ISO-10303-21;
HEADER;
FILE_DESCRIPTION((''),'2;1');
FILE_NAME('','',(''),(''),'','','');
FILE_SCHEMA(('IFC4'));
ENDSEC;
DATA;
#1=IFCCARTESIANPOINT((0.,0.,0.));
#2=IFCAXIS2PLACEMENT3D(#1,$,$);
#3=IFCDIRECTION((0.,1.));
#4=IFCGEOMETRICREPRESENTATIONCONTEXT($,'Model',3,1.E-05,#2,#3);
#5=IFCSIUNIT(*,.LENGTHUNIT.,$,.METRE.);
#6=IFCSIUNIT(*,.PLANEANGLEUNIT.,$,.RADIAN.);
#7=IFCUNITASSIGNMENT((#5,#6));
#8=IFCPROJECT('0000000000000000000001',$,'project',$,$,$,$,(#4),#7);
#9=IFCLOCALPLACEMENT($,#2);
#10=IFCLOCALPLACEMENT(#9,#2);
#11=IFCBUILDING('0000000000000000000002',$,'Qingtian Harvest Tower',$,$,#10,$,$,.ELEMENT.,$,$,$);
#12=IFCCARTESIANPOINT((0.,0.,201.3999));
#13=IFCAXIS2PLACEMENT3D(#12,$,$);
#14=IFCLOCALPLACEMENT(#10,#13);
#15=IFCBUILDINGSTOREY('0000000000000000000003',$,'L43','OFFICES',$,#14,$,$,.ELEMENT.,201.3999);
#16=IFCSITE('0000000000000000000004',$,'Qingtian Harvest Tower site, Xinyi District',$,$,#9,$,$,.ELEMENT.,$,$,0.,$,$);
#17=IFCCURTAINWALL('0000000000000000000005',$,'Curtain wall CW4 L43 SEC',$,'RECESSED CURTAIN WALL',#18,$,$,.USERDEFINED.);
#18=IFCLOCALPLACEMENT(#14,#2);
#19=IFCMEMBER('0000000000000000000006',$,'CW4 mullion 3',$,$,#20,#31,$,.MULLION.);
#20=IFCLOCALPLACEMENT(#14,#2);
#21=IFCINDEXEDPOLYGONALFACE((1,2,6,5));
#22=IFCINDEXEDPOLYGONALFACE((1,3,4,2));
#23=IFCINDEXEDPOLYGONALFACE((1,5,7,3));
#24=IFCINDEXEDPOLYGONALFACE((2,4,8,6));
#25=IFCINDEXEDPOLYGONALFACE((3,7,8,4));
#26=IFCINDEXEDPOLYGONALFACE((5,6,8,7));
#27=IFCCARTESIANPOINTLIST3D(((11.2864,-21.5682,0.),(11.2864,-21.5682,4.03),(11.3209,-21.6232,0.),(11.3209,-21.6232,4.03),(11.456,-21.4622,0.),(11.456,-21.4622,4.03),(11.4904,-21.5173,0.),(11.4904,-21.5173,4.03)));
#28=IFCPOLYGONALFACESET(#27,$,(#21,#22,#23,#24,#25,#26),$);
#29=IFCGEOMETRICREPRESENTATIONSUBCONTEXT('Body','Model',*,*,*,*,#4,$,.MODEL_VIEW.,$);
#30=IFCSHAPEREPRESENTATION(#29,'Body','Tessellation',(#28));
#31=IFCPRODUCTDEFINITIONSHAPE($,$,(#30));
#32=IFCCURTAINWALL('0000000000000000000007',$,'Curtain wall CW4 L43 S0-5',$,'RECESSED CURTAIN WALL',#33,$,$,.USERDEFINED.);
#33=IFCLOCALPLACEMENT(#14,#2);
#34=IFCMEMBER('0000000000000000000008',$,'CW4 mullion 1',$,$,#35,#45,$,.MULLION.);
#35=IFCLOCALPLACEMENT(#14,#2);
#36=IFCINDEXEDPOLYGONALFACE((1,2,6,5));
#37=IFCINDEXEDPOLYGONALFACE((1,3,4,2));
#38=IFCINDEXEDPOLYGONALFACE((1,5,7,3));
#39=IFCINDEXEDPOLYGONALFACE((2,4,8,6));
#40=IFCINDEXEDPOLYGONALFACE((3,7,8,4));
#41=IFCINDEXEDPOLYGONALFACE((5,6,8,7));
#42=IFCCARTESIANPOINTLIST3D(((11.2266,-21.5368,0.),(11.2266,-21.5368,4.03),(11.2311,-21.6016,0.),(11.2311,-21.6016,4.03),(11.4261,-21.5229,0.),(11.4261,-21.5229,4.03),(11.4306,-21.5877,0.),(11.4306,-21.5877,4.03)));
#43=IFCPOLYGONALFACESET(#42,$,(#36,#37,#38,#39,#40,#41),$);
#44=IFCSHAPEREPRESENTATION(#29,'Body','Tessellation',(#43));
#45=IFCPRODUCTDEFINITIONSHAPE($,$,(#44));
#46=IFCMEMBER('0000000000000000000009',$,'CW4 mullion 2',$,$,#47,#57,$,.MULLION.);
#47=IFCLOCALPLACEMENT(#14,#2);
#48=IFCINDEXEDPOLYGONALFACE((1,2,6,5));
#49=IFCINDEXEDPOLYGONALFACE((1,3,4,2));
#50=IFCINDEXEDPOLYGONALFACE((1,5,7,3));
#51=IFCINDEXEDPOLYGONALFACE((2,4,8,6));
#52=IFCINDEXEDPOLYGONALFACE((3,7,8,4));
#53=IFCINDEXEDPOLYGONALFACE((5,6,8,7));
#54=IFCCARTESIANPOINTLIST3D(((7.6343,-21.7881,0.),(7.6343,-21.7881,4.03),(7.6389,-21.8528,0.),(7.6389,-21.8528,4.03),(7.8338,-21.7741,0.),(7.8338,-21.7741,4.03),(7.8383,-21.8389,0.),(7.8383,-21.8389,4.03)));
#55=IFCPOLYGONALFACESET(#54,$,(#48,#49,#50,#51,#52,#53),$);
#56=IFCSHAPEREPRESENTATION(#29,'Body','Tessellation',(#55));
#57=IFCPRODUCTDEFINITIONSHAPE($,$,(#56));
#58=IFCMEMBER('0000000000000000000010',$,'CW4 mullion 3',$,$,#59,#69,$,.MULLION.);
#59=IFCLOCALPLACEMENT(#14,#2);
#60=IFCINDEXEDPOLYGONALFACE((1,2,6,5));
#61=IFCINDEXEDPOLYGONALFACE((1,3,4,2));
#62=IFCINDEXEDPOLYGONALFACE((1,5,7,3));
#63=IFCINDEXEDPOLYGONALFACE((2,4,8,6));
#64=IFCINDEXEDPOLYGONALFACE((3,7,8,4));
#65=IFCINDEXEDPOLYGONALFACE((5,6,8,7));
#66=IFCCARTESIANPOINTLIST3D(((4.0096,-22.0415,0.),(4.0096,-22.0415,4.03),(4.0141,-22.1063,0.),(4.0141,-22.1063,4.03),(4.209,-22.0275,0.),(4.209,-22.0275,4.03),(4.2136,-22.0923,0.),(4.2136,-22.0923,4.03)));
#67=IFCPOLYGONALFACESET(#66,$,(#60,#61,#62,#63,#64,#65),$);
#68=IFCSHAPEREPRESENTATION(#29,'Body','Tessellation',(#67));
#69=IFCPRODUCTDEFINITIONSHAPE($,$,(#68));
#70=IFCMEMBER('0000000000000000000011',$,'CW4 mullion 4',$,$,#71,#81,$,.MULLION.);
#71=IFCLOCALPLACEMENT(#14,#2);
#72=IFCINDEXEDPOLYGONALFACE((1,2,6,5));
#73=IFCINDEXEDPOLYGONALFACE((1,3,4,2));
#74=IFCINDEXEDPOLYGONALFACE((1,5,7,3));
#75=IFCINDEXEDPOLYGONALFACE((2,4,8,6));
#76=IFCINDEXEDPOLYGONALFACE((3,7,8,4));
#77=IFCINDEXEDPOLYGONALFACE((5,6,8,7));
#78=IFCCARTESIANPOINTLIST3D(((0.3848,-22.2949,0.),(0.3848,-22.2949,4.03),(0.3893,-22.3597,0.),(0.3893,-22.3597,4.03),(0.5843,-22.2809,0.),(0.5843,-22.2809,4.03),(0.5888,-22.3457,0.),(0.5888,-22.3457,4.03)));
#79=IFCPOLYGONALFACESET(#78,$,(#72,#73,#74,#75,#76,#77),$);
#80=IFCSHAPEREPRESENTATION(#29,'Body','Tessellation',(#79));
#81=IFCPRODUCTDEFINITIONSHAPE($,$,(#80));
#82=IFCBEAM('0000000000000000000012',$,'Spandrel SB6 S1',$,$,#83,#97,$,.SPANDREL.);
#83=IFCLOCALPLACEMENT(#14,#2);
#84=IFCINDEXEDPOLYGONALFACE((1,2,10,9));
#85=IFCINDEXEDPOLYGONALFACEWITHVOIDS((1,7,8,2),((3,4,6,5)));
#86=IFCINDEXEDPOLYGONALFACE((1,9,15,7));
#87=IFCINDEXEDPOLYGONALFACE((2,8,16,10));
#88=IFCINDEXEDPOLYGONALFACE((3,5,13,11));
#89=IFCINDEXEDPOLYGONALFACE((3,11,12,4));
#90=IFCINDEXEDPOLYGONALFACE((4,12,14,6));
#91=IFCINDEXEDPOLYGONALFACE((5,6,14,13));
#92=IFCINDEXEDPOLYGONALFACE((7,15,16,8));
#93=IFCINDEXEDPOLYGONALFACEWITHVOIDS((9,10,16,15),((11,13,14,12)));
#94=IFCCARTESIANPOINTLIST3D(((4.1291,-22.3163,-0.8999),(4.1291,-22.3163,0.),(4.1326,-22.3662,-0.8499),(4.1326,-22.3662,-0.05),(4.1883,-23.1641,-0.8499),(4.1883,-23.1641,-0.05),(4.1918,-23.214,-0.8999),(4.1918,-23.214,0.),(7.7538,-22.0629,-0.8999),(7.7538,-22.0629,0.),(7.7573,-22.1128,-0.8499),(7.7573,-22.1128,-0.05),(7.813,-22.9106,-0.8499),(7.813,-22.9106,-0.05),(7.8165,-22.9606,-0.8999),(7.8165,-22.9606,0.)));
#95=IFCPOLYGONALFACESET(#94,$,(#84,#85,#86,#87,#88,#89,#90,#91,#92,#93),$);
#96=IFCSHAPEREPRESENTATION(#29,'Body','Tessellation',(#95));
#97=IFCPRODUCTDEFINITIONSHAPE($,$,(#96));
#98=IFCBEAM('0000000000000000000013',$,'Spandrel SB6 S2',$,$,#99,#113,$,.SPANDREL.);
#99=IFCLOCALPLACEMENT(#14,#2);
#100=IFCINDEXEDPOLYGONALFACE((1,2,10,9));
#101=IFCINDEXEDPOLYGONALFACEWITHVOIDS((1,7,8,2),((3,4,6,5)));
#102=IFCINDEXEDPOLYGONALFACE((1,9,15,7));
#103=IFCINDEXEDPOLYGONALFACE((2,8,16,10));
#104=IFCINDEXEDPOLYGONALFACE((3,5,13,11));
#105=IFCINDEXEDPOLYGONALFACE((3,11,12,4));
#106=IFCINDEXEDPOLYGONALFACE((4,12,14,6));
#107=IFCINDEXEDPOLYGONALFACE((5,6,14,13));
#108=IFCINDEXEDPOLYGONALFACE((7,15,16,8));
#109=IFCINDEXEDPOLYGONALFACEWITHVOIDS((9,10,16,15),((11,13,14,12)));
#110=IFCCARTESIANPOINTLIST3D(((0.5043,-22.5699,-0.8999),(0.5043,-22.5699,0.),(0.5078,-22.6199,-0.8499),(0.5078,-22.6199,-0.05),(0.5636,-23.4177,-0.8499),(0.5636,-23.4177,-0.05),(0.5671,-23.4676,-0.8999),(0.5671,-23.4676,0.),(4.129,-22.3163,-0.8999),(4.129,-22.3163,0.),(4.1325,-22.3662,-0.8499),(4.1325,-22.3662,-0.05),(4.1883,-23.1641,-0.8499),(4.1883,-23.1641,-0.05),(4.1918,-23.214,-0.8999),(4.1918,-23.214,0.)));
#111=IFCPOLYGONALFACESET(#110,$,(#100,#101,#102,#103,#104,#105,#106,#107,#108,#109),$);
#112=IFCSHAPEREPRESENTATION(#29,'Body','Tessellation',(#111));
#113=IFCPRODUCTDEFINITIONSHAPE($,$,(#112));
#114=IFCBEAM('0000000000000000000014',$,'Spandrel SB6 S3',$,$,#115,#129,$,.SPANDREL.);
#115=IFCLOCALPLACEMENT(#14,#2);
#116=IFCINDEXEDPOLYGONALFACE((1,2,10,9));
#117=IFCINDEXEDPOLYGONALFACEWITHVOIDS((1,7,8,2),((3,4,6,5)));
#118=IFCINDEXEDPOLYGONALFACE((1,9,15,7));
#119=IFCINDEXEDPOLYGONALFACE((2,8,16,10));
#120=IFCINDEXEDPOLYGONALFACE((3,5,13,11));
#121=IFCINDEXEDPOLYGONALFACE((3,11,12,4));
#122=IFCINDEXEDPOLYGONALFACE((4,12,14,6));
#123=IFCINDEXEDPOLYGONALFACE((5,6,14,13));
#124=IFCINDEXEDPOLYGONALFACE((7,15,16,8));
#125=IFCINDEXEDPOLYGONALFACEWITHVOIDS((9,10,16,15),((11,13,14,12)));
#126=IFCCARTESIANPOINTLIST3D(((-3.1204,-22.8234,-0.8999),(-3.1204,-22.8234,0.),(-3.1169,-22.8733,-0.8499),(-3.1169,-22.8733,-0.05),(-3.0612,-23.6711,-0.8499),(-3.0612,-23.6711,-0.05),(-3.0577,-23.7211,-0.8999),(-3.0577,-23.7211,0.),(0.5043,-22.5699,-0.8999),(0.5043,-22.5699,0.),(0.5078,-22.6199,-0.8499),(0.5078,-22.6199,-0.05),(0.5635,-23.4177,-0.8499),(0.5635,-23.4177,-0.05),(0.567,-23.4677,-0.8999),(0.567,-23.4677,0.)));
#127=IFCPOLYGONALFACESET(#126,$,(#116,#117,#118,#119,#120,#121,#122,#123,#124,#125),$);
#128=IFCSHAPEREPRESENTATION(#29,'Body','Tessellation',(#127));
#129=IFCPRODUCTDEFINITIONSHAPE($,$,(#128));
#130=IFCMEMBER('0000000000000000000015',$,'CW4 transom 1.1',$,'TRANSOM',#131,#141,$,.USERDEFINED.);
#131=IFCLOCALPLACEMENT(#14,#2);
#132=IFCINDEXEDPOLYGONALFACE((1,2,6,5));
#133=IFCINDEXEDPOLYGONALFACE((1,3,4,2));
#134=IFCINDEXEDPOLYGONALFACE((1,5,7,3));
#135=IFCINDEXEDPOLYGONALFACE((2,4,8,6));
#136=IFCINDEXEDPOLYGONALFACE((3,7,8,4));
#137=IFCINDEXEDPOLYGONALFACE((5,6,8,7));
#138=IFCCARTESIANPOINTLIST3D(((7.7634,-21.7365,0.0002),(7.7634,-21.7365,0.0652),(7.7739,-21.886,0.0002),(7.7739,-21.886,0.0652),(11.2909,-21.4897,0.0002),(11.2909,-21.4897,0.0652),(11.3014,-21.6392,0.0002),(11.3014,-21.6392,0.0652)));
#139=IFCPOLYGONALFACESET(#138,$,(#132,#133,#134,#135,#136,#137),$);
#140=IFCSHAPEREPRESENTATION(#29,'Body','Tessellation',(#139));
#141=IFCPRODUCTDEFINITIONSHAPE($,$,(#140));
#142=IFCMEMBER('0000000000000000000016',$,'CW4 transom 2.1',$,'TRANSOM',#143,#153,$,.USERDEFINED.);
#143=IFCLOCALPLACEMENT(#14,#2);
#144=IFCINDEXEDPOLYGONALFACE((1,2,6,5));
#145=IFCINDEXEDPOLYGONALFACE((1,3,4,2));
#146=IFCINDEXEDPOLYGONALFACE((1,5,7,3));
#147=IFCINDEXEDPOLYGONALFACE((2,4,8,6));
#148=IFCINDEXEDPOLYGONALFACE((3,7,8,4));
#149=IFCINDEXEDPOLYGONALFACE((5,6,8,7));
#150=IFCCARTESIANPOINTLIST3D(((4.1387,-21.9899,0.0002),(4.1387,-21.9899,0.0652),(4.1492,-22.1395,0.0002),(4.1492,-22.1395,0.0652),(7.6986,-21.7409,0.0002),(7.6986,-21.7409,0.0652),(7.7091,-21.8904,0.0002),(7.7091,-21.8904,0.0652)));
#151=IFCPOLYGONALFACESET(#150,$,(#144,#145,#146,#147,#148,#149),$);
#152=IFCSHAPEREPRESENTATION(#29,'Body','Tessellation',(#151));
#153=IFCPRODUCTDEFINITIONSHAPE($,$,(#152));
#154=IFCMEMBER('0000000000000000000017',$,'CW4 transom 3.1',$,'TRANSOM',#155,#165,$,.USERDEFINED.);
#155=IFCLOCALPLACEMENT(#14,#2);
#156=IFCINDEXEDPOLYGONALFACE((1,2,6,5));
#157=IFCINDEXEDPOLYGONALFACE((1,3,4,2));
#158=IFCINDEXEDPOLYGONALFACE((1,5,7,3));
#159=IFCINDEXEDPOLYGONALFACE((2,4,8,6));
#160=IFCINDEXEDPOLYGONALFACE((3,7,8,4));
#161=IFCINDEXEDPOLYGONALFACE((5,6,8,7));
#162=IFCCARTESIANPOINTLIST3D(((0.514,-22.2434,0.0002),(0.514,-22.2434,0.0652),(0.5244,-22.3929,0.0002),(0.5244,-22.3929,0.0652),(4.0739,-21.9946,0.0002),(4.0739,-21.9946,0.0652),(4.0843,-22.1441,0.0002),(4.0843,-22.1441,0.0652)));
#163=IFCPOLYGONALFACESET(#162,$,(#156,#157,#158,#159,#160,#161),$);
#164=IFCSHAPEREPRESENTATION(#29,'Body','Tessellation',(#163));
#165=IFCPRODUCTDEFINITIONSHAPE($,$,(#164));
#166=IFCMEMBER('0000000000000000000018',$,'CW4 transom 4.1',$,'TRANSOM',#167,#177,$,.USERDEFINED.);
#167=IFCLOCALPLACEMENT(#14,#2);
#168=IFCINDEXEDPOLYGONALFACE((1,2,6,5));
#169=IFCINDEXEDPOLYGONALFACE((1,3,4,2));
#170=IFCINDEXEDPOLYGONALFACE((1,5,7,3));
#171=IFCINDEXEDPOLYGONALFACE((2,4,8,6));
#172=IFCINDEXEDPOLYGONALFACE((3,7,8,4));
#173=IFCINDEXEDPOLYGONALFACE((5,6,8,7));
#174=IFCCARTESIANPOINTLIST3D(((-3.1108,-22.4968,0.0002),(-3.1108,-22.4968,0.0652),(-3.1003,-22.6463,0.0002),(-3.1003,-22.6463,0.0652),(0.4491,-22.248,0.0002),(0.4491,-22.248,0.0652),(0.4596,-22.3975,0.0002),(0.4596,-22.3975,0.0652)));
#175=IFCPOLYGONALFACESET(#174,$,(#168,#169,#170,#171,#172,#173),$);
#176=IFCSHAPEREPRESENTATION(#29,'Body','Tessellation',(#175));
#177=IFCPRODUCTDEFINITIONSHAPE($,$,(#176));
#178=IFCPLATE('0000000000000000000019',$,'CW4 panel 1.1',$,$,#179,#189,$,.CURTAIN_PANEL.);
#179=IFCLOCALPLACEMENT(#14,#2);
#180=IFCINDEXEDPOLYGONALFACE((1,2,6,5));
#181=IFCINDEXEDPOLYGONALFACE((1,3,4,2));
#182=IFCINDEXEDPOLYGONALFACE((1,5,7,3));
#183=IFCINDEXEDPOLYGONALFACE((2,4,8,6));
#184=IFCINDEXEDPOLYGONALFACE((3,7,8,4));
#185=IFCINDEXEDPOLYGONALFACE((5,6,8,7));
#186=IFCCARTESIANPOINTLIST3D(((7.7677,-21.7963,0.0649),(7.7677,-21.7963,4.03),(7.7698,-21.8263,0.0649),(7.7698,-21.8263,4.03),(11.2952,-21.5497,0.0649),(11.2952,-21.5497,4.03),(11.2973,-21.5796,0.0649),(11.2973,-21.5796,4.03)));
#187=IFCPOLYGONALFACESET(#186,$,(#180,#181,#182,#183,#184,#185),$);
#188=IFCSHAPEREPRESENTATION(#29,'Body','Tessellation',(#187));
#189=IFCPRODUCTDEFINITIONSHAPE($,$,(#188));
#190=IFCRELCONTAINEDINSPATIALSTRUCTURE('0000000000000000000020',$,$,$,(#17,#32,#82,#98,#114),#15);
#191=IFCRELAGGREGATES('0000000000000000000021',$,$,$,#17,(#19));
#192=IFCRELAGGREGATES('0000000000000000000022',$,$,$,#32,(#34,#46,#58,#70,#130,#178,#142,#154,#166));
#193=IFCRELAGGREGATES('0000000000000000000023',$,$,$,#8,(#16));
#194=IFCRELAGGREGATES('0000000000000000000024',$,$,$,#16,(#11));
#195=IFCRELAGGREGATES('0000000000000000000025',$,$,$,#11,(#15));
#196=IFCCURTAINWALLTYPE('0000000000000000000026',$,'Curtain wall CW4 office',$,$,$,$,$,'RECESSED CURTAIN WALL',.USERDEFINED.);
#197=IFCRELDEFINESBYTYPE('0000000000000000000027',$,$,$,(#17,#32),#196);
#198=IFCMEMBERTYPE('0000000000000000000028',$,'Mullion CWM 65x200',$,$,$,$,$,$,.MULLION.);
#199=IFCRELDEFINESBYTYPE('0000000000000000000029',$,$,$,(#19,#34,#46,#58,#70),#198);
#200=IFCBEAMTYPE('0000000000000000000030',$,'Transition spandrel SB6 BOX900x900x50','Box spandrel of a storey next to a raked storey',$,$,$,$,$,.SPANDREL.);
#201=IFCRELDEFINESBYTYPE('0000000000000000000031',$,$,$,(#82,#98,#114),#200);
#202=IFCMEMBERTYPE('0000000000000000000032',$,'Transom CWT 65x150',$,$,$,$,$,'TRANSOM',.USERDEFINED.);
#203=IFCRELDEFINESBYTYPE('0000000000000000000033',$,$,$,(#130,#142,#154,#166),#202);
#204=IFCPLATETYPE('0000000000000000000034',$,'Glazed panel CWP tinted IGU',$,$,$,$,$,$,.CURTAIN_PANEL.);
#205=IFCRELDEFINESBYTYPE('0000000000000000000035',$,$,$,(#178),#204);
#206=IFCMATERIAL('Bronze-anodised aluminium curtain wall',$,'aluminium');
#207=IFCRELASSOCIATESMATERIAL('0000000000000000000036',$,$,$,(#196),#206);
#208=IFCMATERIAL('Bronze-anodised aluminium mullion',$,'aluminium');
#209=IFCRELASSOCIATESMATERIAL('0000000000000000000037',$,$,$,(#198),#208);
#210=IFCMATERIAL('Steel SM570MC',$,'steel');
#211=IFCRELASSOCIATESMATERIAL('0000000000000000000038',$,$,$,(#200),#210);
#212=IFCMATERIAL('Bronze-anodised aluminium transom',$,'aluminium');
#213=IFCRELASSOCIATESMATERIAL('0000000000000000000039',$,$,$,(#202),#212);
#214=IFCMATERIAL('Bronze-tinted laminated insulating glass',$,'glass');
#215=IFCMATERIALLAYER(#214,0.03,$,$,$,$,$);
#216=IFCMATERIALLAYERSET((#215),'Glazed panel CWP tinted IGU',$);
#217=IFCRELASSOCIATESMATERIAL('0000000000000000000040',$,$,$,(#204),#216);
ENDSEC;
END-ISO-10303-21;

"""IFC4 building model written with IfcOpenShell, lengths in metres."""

from ifc_helpers import new_model, si_unit, direction, frame, origin, origin_2d, place, context, subcontext, project, spatial, rectangle, hollow_rectangle, extrude, material, layer, layer_set, material_profile, profile_set, type_object, element, aggregate, save


model = new_model("IFC4")

# Units and contexts
model_context = context("Model", 3, precision=1e-05, world=origin(), true_north=direction((0.0, 1.0)))
body_context = subcontext(model_context, "Body", "Model", "MODEL_VIEW")
ifc_project = project(units=[si_unit("LENGTHUNIT", "METRE"), si_unit("PLANEANGLEUNIT", "RADIAN")], contexts=[model_context])

# Site, building, storey
site_placement = place(None, origin())
site = spatial("IfcSite", under=ifc_project, at=site_placement, Name="Qingtian Harvest Tower site, Xinyi District", CompositionType="ELEMENT", RefElevation=0.0)
building_placement = place(site_placement, origin())
building = spatial("IfcBuilding", under=site, at=building_placement, Name="Qingtian Harvest Tower", CompositionType="ELEMENT")
storey_placement = place(building_placement, frame((0.0, 0.0, 201.3999)))
storey = spatial("IfcBuildingStorey", under=building, at=storey_placement, Name="L43", Description="OFFICES", CompositionType="ELEMENT", Elevation=201.3999)

# Curtain wall, member
ifc_material_1 = material(Name="Bronze-anodised aluminium curtain wall", Category="aluminium")
curtain_wall_type = type_object("IfcCurtainWallType", Name="Curtain wall CW4 office", ElementType="RECESSED CURTAIN WALL", PredefinedType="USERDEFINED", material=ifc_material_1)
curtain_wall_1_placement = place(storey_placement, origin())
curtain_wall_1 = element("IfcCurtainWall", 1, at=curtain_wall_1_placement, inside=storey, type_object=curtain_wall_type, Name="Curtain wall CW4 L43 SEC", ObjectType="RECESSED CURTAIN WALL", PredefinedType="USERDEFINED")
ifc_material_2 = material(Name="Bronze-anodised aluminium mullion", Category="aluminium")
ifc_material_profile_1 = material_profile(ifc_material_2, rectangle(XDim=0.0649, YDim=0.2, at=origin_2d()), Name="AL 65x200")
ifc_profile_set_1 = profile_set([ifc_material_profile_1], Name="Bronze-anodised aluminium mullion")
member_type_1 = type_object("IfcMemberType", Name="Mullion CWM 65x200", PredefinedType="MULLION", material=ifc_profile_set_1)
member_1_placement = place(storey_placement, frame((11.3884, -21.5427, 0.0), z_axis=(0.0, 0.0, 1.0), x_axis=(0.529919, -0.848048, 0.0)))
member_1 = element("IfcMember", 2, at=member_1_placement, type_object=member_type_1, Name="CW4 mullion 3", PredefinedType="MULLION", context=body_context, shape_type="SweptSolid", body=[
    extrude(rectangle(XDim=0.0649, YDim=0.2, at=origin_2d()), origin(), (0.0, 0.0, 1.0), 4.03),
])
aggregate(curtain_wall_1, [member_1])

# Curtain wall, members
curtain_wall_2_placement = place(storey_placement, origin())
curtain_wall_2 = element("IfcCurtainWall", 3, at=curtain_wall_2_placement, inside=storey, type_object=curtain_wall_type, Name="Curtain wall CW4 L43 S0-5", ObjectType="RECESSED CURTAIN WALL", PredefinedType="USERDEFINED")
member_2_placement = place(storey_placement, frame((11.3286, -21.5623, 0.0), z_axis=(0.0, 0.0, 1.0), x_axis=(0.069756, -0.997564, 0.0)))
member_2 = element("IfcMember", 4, at=member_2_placement, type_object=member_type_1, Name="CW4 mullion 1", PredefinedType="MULLION", context=body_context, shape_type="SweptSolid", body=[
    extrude(rectangle(XDim=0.0649, YDim=0.2, at=origin_2d()), origin(), (0.0, 0.0, 1.0), 4.03),
])
member_3_placement = place(storey_placement, frame((7.7363, -21.8135, 0.0), z_axis=(0.0, 0.0, 1.0), x_axis=(0.069756, -0.997564, 0.0)))
member_3 = element("IfcMember", 5, at=member_3_placement, type_object=member_type_1, Name="CW4 mullion 2", PredefinedType="MULLION", context=body_context, shape_type="SweptSolid", body=[
    extrude(rectangle(XDim=0.0649, YDim=0.2, at=origin_2d()), origin(), (0.0, 0.0, 1.0), 4.03),
])
member_4_placement = place(storey_placement, frame((4.1116, -22.0669, 0.0), z_axis=(0.0, 0.0, 1.0), x_axis=(0.069756, -0.997564, 0.0)))
member_4 = element("IfcMember", 6, at=member_4_placement, type_object=member_type_1, Name="CW4 mullion 3", PredefinedType="MULLION", context=body_context, shape_type="SweptSolid", body=[
    extrude(rectangle(XDim=0.0649, YDim=0.2, at=origin_2d()), origin(), (0.0, 0.0, 1.0), 4.03),
])
member_5_placement = place(storey_placement, frame((0.4868, -22.3203, 0.0), z_axis=(0.0, 0.0, 1.0), x_axis=(0.069756, -0.997564, 0.0)))
member_5 = element("IfcMember", 7, at=member_5_placement, type_object=member_type_1, Name="CW4 mullion 4", PredefinedType="MULLION", context=body_context, shape_type="SweptSolid", body=[
    extrude(rectangle(XDim=0.0649, YDim=0.2, at=origin_2d()), origin(), (0.0, 0.0, 1.0), 4.03),
])

# Beams
ifc_material_3 = material(Name="Steel SM570MC", Category="steel")
ifc_material_profile_2 = material_profile(ifc_material_3, hollow_rectangle(XDim=0.8999, YDim=0.8999, WallThickness=0.05, at=origin_2d()), Name="BOX900x900x50")
ifc_profile_set_2 = profile_set([ifc_material_profile_2], Name="Steel SM570MC")
beam_type_1 = type_object("IfcBeamType", Name="Transition spandrel SB6 BOX900x900x50", Description="Box spandrel of a storey next to a raked storey", PredefinedType="SPANDREL", material=ifc_profile_set_2)
for number, where, z_axis, x_axis, name in (
    (8, (7.7852, -22.5117, -0.45), (-0.997565, -0.069743, 0.0), (0.069743, -0.997565, 0.0), "Spandrel SB6 S1"),
    (9, (4.1604, -22.7651, -0.45), (-0.99756, -0.06981, 0.0), (0.06981, -0.99756, 0.0), "Spandrel SB6 S2"),
    (10, (0.5356, -23.0188, -0.45), (-0.997565, -0.069743, 0.0), (0.069743, -0.997565, 0.0), "Spandrel SB6 S3"),
):
    element("IfcBeam", number, at=place(storey_placement, frame(where, z_axis=z_axis, x_axis=x_axis)), inside=storey, type_object=beam_type_1, Name=name, PredefinedType="SPANDREL", context=body_context, shape_type="SweptSolid", body=[
        extrude(hollow_rectangle(XDim=0.8999, YDim=0.8999, WallThickness=0.05, at=origin_2d()), origin(), (0.0, 0.0, 1.0), 3.6335),
    ])

# Members
ifc_material_4 = material(Name="Bronze-anodised aluminium transom", Category="aluminium")
ifc_material_profile_3 = material_profile(ifc_material_4, rectangle(XDim=0.1499, YDim=0.0649, at=origin_2d()), Name="AL 65x150")
ifc_profile_set_3 = profile_set([ifc_material_profile_3], Name="Bronze-anodised aluminium transom")
member_type_2 = type_object("IfcMemberType", Name="Transom CWT 65x150", ElementType="TRANSOM", PredefinedType="USERDEFINED", material=ifc_profile_set_3)
member_6_placement = place(storey_placement, frame((11.2961, -21.5645, 0.0327), z_axis=(-0.997561, -0.0698, 0.0), x_axis=(0.0698, -0.997561, 0.0)))
member_6 = element("IfcMember", 11, at=member_6_placement, type_object=member_type_2, Name="CW4 transom 1.1", ObjectType="TRANSOM", PredefinedType="USERDEFINED", context=body_context, shape_type="SweptSolid", body=[
    extrude(rectangle(XDim=0.1499, YDim=0.0649, at=origin_2d()), origin(), (0.0, 0.0, 1.0), 3.5361),
])
member_7_placement = place(storey_placement, frame((7.7039, -21.8157, 0.0327), z_axis=(-0.997562, -0.069784, 0.0), x_axis=(0.069784, -0.997562, 0.0)))
member_7 = element("IfcMember", 12, at=member_7_placement, type_object=member_type_2, Name="CW4 transom 2.1", ObjectType="TRANSOM", PredefinedType="USERDEFINED", context=body_context, shape_type="SweptSolid", body=[
    extrude(rectangle(XDim=0.1499, YDim=0.0649, at=origin_2d()), origin(), (0.0, 0.0, 1.0), 3.5686),
])
member_8_placement = place(storey_placement, frame((4.0791, -22.0693, 0.0327), z_axis=(-0.997567, -0.069715, 0.0), x_axis=(0.069715, -0.997567, 0.0)))
member_8 = element("IfcMember", 13, at=member_8_placement, type_object=member_type_2, Name="CW4 transom 3.1", ObjectType="TRANSOM", PredefinedType="USERDEFINED", context=body_context, shape_type="SweptSolid", body=[
    extrude(rectangle(XDim=0.1499, YDim=0.0649, at=origin_2d()), origin(), (0.0, 0.0, 1.0), 3.5686),
])
member_9_placement = place(storey_placement, frame((0.4543, -22.3228, 0.0327), z_axis=(-0.997567, -0.069715, 0.0), x_axis=(0.069715, -0.997567, 0.0)))
member_9 = element("IfcMember", 14, at=member_9_placement, type_object=member_type_2, Name="CW4 transom 4.1", ObjectType="TRANSOM", PredefinedType="USERDEFINED", context=body_context, shape_type="SweptSolid", body=[
    extrude(rectangle(XDim=0.1499, YDim=0.0649, at=origin_2d()), origin(), (0.0, 0.0, 1.0), 3.5686),
])

# Plate
ifc_material_5 = material(Name="Bronze-tinted laminated insulating glass", Category="glass")
ifc_layer_1 = layer(ifc_material_5, 0.03)
ifc_layer_set_1 = layer_set([ifc_layer_1], Name="Glazed panel CWP tinted IGU")
plate_type = type_object("IfcPlateType", Name="Glazed panel CWP tinted IGU", PredefinedType="CURTAIN_PANEL", material=ifc_layer_set_1)
plate_1_placement = place(storey_placement, frame((9.5325, -21.688, 0.0649), z_axis=(0.0, 0.0, 1.0), x_axis=(-0.997564, -0.069756, 0.0)))
plate_1 = element("IfcPlate", 15, at=plate_1_placement, type_object=plate_type, Name="CW4 panel 1.1", PredefinedType="CURTAIN_PANEL", context=body_context, shape_type="SweptSolid", body=[
    extrude(rectangle(XDim=3.5361, YDim=0.03, at=origin_2d()), origin(), (0.0, 0.0, 1.0), 3.9651),
])
aggregate(curtain_wall_2, [member_2, member_3, member_4, member_5, member_6, plate_1, member_7, member_8, member_9])

save(model, "model.ifc")
